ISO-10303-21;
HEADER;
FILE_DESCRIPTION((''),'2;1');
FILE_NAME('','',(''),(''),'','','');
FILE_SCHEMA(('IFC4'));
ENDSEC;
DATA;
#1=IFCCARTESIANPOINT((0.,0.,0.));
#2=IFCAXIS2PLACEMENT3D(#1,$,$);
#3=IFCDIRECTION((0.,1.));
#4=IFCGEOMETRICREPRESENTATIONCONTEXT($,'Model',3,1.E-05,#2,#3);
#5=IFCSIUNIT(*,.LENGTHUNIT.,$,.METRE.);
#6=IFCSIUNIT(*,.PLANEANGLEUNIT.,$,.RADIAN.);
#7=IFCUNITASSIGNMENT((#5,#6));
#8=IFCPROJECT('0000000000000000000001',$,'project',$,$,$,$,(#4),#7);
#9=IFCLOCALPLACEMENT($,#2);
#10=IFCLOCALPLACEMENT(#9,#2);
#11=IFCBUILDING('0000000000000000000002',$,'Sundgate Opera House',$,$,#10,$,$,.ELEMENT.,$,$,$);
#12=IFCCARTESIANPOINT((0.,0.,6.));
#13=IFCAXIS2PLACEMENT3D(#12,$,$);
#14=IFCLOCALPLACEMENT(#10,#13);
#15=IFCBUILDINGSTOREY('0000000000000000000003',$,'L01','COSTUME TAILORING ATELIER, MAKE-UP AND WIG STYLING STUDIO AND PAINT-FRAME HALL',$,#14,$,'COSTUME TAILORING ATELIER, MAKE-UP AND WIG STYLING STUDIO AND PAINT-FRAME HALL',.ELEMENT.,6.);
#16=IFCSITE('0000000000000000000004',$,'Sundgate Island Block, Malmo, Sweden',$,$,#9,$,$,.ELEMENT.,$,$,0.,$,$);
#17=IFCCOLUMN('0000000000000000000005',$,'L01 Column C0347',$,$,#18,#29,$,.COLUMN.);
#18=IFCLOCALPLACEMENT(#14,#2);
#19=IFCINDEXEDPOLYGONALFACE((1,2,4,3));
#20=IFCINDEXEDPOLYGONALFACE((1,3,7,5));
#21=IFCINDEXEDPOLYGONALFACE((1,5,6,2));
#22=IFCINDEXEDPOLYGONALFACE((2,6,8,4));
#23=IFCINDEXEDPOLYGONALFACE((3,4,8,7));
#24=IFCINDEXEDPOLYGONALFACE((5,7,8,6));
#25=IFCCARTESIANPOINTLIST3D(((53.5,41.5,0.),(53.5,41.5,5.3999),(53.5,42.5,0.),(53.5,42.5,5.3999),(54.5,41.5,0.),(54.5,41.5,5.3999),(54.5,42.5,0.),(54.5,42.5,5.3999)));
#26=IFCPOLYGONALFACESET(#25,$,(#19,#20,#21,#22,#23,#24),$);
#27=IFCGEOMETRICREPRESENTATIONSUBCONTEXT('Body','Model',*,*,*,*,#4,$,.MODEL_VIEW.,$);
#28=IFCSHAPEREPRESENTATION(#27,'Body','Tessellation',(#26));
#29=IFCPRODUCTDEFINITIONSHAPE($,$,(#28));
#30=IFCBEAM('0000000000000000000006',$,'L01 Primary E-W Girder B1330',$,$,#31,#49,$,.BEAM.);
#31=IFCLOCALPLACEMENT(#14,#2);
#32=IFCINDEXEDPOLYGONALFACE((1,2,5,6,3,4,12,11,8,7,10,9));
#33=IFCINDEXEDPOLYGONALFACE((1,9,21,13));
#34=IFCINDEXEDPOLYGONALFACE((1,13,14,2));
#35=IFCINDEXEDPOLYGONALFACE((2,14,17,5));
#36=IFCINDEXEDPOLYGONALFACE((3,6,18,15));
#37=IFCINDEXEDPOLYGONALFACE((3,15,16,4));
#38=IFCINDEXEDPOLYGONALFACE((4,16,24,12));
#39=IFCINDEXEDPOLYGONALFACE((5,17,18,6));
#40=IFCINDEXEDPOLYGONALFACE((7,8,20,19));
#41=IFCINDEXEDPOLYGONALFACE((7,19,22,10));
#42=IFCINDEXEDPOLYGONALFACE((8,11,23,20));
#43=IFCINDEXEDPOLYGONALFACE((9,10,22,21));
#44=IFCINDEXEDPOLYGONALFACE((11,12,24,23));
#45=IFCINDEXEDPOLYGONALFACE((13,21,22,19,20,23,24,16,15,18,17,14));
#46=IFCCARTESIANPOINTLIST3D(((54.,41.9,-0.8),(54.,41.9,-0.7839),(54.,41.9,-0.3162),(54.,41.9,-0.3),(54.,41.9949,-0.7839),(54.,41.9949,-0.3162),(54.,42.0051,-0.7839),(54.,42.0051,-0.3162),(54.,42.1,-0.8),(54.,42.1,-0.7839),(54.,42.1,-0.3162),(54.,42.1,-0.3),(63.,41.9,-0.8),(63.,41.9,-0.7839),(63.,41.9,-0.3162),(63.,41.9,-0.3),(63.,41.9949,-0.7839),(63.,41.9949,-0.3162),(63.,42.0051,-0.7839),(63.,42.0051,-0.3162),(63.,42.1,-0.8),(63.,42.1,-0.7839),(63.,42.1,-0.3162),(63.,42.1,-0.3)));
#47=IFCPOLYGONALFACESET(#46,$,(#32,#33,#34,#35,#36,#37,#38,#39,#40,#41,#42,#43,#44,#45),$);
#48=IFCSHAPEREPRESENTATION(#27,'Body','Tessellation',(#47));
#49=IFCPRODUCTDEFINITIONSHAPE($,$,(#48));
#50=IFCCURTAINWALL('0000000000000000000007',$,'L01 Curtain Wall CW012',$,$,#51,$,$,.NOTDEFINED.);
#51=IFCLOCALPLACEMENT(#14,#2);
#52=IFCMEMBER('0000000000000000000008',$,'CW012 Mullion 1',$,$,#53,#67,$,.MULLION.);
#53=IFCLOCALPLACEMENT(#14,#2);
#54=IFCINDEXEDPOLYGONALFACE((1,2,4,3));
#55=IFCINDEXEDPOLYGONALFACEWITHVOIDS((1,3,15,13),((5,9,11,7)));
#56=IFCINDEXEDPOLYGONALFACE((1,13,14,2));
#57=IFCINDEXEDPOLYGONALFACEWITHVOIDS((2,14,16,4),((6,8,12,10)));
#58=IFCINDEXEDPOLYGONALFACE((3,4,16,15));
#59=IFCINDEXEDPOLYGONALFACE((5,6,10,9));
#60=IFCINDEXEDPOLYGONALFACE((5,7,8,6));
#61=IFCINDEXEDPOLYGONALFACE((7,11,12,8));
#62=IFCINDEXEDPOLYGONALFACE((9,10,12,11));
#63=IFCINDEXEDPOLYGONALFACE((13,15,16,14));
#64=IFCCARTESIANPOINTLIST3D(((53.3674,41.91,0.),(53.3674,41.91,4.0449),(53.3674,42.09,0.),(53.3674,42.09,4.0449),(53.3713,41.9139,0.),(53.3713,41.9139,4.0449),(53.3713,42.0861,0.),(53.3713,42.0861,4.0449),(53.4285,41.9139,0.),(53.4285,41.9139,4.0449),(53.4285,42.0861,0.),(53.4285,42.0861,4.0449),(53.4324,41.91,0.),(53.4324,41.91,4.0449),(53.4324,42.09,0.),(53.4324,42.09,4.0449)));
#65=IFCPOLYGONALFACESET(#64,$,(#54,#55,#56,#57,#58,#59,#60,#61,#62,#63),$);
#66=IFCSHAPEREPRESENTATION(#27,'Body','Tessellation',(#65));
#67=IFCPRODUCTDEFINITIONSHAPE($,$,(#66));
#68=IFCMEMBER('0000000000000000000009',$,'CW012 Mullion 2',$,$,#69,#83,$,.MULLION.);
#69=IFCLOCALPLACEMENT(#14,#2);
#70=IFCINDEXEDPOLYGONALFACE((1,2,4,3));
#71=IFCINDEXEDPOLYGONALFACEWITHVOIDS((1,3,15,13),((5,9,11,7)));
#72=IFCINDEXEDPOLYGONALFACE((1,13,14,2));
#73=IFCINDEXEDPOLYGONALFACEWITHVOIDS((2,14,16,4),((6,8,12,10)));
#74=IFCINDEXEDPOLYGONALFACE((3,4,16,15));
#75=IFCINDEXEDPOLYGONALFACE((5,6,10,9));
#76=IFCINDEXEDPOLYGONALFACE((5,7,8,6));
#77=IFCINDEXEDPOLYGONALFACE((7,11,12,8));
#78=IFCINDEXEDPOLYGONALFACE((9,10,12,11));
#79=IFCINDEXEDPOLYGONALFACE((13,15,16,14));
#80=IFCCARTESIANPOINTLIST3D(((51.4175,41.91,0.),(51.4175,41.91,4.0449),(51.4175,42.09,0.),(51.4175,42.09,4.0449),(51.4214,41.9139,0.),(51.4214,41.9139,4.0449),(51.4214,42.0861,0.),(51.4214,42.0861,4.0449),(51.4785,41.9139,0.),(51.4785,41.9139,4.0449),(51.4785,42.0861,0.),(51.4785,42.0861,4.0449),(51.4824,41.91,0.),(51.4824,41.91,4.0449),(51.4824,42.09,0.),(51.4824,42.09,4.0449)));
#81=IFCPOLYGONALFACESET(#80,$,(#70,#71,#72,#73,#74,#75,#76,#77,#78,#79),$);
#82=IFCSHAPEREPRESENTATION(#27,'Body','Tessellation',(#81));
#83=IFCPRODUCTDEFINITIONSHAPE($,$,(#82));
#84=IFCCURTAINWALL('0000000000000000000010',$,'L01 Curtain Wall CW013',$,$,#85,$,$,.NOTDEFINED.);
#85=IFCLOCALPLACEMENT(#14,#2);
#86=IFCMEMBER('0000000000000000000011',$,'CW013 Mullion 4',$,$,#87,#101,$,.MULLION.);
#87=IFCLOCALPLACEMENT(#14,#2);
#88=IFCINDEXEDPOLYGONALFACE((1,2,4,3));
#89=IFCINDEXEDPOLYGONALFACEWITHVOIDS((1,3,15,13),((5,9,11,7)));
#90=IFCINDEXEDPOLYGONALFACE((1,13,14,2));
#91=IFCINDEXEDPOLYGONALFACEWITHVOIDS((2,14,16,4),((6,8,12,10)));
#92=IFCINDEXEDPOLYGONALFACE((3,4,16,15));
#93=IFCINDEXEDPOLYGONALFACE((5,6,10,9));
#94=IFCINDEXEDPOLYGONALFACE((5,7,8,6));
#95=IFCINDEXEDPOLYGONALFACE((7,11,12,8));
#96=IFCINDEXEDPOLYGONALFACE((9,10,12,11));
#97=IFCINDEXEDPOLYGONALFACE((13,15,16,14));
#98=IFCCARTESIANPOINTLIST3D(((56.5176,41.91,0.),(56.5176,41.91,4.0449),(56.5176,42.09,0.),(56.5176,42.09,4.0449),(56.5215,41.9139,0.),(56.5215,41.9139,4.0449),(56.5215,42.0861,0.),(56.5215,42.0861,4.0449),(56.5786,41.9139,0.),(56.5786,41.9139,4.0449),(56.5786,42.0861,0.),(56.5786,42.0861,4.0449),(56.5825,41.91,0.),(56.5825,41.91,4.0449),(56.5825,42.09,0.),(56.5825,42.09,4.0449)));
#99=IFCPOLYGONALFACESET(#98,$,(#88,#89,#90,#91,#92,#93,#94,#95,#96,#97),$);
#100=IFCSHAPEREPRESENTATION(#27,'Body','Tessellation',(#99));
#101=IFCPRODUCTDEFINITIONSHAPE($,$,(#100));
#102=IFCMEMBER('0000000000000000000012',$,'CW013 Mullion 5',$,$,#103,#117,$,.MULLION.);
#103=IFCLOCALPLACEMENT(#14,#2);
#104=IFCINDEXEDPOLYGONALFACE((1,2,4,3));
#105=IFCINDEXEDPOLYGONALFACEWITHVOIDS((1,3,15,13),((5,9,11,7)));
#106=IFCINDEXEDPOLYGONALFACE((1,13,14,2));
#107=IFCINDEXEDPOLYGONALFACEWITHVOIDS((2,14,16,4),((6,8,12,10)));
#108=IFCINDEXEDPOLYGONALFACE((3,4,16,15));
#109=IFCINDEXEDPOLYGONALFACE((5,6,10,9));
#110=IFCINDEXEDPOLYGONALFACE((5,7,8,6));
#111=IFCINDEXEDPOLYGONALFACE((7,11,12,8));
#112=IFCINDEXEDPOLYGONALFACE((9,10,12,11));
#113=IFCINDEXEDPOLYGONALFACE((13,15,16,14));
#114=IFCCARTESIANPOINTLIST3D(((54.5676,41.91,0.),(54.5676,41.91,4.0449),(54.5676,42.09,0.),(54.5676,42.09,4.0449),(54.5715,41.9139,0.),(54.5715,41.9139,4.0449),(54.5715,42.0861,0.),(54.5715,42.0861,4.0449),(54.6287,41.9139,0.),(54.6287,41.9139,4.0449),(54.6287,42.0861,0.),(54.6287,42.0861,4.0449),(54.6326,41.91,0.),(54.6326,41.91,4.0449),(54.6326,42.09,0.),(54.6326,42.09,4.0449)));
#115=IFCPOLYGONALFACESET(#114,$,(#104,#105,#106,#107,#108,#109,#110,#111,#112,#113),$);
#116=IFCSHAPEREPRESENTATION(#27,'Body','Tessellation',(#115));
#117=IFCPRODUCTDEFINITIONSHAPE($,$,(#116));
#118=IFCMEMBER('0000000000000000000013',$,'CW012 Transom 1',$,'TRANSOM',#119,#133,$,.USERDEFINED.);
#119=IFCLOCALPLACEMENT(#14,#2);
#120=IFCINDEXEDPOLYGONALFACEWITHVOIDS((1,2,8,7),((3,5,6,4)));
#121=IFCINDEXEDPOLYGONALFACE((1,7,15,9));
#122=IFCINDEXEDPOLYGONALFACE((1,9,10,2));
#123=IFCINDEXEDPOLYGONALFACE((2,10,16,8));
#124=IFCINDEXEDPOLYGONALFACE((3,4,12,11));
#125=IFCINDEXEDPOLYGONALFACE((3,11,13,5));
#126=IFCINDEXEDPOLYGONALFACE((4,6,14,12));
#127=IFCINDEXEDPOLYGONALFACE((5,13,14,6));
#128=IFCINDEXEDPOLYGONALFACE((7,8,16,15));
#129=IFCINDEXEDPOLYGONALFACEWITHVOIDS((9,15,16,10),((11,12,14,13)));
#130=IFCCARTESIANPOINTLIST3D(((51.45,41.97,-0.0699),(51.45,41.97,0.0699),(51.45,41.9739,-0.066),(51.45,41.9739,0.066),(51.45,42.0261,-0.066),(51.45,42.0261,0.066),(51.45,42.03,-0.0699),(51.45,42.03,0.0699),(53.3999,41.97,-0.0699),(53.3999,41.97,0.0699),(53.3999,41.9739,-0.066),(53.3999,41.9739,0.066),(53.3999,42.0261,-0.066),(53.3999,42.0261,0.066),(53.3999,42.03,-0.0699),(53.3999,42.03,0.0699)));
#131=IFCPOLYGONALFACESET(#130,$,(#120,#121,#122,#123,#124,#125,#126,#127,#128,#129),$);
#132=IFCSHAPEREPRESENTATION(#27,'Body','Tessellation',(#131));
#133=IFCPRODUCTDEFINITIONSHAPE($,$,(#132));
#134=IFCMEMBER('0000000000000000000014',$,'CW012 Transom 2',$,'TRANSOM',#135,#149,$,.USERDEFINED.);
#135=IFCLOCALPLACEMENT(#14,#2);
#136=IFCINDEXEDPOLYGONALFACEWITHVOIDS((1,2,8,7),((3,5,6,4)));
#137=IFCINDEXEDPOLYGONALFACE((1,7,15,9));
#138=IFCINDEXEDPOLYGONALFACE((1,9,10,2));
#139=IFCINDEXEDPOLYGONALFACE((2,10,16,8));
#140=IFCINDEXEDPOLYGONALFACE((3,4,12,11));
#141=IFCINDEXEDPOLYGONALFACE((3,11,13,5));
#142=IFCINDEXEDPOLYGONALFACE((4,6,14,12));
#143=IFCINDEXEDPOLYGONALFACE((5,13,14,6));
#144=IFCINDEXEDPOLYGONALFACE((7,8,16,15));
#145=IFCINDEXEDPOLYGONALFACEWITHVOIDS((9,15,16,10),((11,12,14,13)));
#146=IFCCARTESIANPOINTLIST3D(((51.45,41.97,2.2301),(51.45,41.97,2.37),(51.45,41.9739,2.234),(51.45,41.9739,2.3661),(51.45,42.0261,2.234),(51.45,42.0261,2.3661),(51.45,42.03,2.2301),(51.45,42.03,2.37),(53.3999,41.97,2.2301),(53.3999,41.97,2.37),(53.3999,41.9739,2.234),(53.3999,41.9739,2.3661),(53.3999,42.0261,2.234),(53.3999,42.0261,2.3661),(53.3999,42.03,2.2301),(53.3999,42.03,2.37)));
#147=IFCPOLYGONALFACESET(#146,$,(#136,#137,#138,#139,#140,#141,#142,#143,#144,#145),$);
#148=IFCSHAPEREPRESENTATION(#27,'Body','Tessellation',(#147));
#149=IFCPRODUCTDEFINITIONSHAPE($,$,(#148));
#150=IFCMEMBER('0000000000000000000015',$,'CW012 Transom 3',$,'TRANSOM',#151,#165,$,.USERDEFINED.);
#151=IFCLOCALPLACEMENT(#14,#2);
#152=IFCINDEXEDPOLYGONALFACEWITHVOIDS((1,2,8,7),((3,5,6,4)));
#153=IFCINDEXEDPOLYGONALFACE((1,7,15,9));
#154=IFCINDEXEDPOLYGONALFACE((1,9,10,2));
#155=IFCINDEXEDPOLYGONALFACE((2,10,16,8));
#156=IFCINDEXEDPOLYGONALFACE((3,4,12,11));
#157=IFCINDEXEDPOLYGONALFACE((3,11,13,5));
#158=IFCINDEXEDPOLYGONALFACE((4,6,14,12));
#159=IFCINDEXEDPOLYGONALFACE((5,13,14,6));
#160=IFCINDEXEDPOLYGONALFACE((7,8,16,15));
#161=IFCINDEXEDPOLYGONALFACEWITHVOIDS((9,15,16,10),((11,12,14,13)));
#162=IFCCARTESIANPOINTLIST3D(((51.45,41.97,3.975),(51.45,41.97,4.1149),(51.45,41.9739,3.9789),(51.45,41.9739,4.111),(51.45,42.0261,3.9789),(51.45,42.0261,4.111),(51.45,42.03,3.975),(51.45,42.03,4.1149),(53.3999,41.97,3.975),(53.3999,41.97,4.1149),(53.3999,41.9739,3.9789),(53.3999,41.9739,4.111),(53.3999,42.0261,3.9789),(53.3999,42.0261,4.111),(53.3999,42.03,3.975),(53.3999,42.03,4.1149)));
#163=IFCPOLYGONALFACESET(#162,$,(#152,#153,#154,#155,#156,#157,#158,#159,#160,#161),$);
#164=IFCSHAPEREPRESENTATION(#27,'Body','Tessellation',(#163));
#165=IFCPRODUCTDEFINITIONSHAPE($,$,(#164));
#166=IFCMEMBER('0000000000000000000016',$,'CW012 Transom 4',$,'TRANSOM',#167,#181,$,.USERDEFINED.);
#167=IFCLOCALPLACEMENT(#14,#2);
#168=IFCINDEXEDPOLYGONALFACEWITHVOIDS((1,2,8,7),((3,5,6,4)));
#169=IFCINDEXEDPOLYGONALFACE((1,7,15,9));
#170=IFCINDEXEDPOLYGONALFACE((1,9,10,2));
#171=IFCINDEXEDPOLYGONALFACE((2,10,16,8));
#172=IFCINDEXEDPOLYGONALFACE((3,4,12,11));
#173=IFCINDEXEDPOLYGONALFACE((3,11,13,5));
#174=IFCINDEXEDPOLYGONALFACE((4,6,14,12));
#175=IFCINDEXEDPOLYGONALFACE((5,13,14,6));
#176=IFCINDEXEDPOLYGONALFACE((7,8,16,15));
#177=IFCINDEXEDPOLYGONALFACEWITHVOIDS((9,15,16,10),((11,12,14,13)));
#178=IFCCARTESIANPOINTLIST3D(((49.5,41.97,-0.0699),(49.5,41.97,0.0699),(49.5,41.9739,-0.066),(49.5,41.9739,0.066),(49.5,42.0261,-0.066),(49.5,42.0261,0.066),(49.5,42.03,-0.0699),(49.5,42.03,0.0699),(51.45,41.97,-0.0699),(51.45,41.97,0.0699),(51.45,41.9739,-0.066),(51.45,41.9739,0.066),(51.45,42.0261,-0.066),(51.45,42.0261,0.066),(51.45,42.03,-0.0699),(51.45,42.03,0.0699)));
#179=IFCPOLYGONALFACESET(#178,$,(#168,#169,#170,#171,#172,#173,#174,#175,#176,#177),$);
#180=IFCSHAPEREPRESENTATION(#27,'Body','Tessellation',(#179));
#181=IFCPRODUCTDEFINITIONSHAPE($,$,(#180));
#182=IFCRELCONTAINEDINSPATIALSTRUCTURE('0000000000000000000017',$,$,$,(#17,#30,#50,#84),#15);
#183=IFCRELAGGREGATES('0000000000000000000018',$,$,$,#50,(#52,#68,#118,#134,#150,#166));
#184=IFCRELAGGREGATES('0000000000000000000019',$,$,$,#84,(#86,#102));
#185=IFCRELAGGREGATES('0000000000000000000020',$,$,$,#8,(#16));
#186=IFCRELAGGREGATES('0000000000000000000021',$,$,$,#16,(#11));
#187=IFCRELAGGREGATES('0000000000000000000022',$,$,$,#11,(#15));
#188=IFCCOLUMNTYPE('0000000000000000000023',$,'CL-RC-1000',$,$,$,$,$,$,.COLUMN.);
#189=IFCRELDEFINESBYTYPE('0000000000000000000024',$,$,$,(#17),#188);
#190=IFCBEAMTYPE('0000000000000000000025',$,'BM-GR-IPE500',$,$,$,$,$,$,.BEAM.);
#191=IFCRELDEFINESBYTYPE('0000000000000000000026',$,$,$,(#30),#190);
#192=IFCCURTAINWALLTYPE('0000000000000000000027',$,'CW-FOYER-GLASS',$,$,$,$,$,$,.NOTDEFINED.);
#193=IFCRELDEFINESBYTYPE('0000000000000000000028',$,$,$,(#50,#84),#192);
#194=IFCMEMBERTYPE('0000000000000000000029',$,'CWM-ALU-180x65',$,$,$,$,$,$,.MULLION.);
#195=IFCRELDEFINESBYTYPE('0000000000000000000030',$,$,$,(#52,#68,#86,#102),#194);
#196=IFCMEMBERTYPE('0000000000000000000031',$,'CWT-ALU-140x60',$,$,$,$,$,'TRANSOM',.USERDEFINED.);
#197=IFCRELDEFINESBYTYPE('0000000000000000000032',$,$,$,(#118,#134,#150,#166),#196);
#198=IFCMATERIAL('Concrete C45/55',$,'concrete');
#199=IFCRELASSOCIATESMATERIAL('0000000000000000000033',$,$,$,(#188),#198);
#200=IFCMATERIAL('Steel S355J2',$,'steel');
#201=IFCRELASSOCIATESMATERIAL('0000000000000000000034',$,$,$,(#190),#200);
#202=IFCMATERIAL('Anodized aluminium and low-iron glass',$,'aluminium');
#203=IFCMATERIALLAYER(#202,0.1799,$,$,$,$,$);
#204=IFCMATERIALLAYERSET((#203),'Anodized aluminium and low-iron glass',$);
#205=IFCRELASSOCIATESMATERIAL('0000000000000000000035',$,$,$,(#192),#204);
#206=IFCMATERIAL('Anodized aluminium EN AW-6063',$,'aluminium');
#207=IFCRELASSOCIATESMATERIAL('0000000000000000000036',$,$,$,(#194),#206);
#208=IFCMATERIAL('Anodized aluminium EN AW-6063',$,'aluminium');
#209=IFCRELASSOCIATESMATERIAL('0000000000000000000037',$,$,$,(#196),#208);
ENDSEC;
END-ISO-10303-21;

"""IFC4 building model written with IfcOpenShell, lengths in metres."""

from ifc_helpers import new_model, si_unit, direction, frame, origin, origin_2d, place, context, subcontext, project, spatial, rectangle, hollow_rectangle, i_section, extrude, material, layer, layer_set, material_profile, profile_set, type_object, element, aggregate, save


model = new_model("IFC4")

# Units and contexts
model_context = context("Model", 3, precision=1e-05, world=origin(), true_north=direction((0.0, 1.0)))
body_context = subcontext(model_context, "Body", "Model", "MODEL_VIEW")
ifc_project = project(units=[si_unit("LENGTHUNIT", "METRE"), si_unit("PLANEANGLEUNIT", "RADIAN")], contexts=[model_context])

# Site, building, storey
site_placement = place(None, origin())
site = spatial("IfcSite", under=ifc_project, at=site_placement, Name="Sundgate Island Block, Malmo, Sweden", CompositionType="ELEMENT", RefElevation=0.0)
building_placement = place(site_placement, origin())
building = spatial("IfcBuilding", under=site, at=building_placement, Name="Sundgate Opera House", CompositionType="ELEMENT")
storey_placement = place(building_placement, frame((0.0, 0.0, 6.0)))
storey = spatial("IfcBuildingStorey", under=building, at=storey_placement, Name="L01", Description="COSTUME TAILORING ATELIER, MAKE-UP AND WIG STYLING STUDIO AND PAINT-FRAME HALL", LongName="COSTUME TAILORING ATELIER, MAKE-UP AND WIG STYLING STUDIO AND PAINT-FRAME HALL", CompositionType="ELEMENT", Elevation=6.0)

# Column
ifc_material_1 = material(Name="Concrete C45/55", Category="concrete")
ifc_material_profile_1 = material_profile(ifc_material_1, rectangle(XDim=1.0, YDim=1.0, at=origin_2d()), Name="RC 1000x1000")
ifc_profile_set_1 = profile_set([ifc_material_profile_1], Name="Concrete C45/55")
column_type = type_object("IfcColumnType", Name="CL-RC-1000", PredefinedType="COLUMN", material=ifc_profile_set_1)
column_placement = place(storey_placement, frame((54.0, 42.0, 0.0), z_axis=(0.0, 0.0, 1.0), x_axis=(1.0, 0.0, 0.0)))
element("IfcColumn", 1, at=column_placement, inside=storey, type_object=column_type, Name="L01 Column C0347", PredefinedType="COLUMN", context=body_context, shape_type="SweptSolid", body=[
    extrude(rectangle(XDim=1.0, YDim=1.0, at=origin_2d()), origin(), (0.0, 0.0, 1.0), 5.3999),
])

# Beam
ifc_material_2 = material(Name="Steel S355J2", Category="steel")
ifc_material_profile_2 = material_profile(ifc_material_2, i_section(OverallWidth=0.2, OverallDepth=0.5, WebThickness=0.0103, FlangeThickness=0.0161, at=origin_2d()), Name="IPE 500")
ifc_profile_set_2 = profile_set([ifc_material_profile_2], Name="Steel S355J2")
beam_type = type_object("IfcBeamType", Name="BM-GR-IPE500", PredefinedType="BEAM", material=ifc_profile_set_2)
beam_placement = place(storey_placement, frame((54.0, 42.0, -0.55), z_axis=(1.0, 0.0, 0.0), x_axis=(0.0, 1.0, 0.0)))
element("IfcBeam", 2, at=beam_placement, inside=storey, type_object=beam_type, Name="L01 Primary E-W Girder B1330", PredefinedType="BEAM", context=body_context, shape_type="SweptSolid", body=[
    extrude(i_section(OverallWidth=0.2, OverallDepth=0.5, WebThickness=0.0103, FlangeThickness=0.0161, at=origin_2d()), origin(), (0.0, 0.0, 1.0), 9.0),
])

# Curtain walls, members
ifc_material_3 = material(Name="Anodized aluminium and low-iron glass", Category="aluminium")
ifc_layer_1 = layer(ifc_material_3, 0.1799)
ifc_layer_set_1 = layer_set([ifc_layer_1], Name="Anodized aluminium and low-iron glass")
curtain_wall_type = type_object("IfcCurtainWallType", Name="CW-FOYER-GLASS", PredefinedType="NOTDEFINED", material=ifc_layer_set_1)
curtain_wall_1_placement = place(storey_placement, origin())
curtain_wall_1 = element("IfcCurtainWall", 3, at=curtain_wall_1_placement, inside=storey, type_object=curtain_wall_type, Name="L01 Curtain Wall CW012", PredefinedType="NOTDEFINED")
ifc_material_4 = material(Name="Anodized aluminium EN AW-6063", Category="aluminium")
ifc_material_profile_3 = material_profile(ifc_material_4, hollow_rectangle(XDim=0.0649, YDim=0.1799, WallThickness=0.0039, at=origin_2d()), Name="CWM 180x65x4")
ifc_profile_set_3 = profile_set([ifc_material_profile_3], Name="Anodized aluminium EN AW-6063")
member_type_1 = type_object("IfcMemberType", Name="CWM-ALU-180x65", PredefinedType="MULLION", material=ifc_profile_set_3)
member_1_placement = place(storey_placement, frame((53.3999, 42.0, 0.0), z_axis=(0.0, 0.0, 1.0), x_axis=(1.0, 0.0, 0.0)))
member_1 = element("IfcMember", 4, at=member_1_placement, type_object=member_type_1, Name="CW012 Mullion 1", PredefinedType="MULLION", context=body_context, shape_type="SweptSolid", body=[
    extrude(hollow_rectangle(XDim=0.0649, YDim=0.1799, WallThickness=0.0039, at=origin_2d()), origin(), (0.0, 0.0, 1.0), 4.0449),
])
member_2_placement = place(storey_placement, frame((51.45, 42.0, 0.0), z_axis=(0.0, 0.0, 1.0), x_axis=(1.0, 0.0, 0.0)))
member_2 = element("IfcMember", 5, at=member_2_placement, type_object=member_type_1, Name="CW012 Mullion 2", PredefinedType="MULLION", context=body_context, shape_type="SweptSolid", body=[
    extrude(hollow_rectangle(XDim=0.0649, YDim=0.1799, WallThickness=0.0039, at=origin_2d()), origin(), (0.0, 0.0, 1.0), 4.0449),
])
curtain_wall_2_placement = place(storey_placement, origin())
curtain_wall_2 = element("IfcCurtainWall", 6, at=curtain_wall_2_placement, inside=storey, type_object=curtain_wall_type, Name="L01 Curtain Wall CW013", PredefinedType="NOTDEFINED")
member_3_placement = place(storey_placement, frame((56.55, 42.0, 0.0), z_axis=(0.0, 0.0, 1.0), x_axis=(1.0, 0.0, 0.0)))
member_3 = element("IfcMember", 7, at=member_3_placement, type_object=member_type_1, Name="CW013 Mullion 4", PredefinedType="MULLION", context=body_context, shape_type="SweptSolid", body=[
    extrude(hollow_rectangle(XDim=0.0649, YDim=0.1799, WallThickness=0.0039, at=origin_2d()), origin(), (0.0, 0.0, 1.0), 4.0449),
])
member_4_placement = place(storey_placement, frame((54.6001, 42.0, 0.0), z_axis=(0.0, 0.0, 1.0), x_axis=(1.0, 0.0, 0.0)))
member_4 = element("IfcMember", 8, at=member_4_placement, type_object=member_type_1, Name="CW013 Mullion 5", PredefinedType="MULLION", context=body_context, shape_type="SweptSolid", body=[
    extrude(hollow_rectangle(XDim=0.0649, YDim=0.1799, WallThickness=0.0039, at=origin_2d()), origin(), (0.0, 0.0, 1.0), 4.0449),
])

# Members
ifc_material_5 = material(Name="Anodized aluminium EN AW-6063", Category="aluminium")
ifc_material_profile_4 = material_profile(ifc_material_5, hollow_rectangle(XDim=0.0601, YDim=0.1399, WallThickness=0.0039, at=origin_2d()), Name="CWT 140x60x4")
ifc_profile_set_4 = profile_set([ifc_material_profile_4], Name="Anodized aluminium EN AW-6063")
member_type_2 = type_object("IfcMemberType", Name="CWT-ALU-140x60", ElementType="TRANSOM", PredefinedType="USERDEFINED", material=ifc_profile_set_4)
member_5_placement = place(storey_placement, frame((53.3999, 42.0, 0.0), z_axis=(-1.0, 0.0, 0.0), x_axis=(0.0, -1.0, 0.0)))
member_5 = element("IfcMember", 9, at=member_5_placement, type_object=member_type_2, Name="CW012 Transom 1", ObjectType="TRANSOM", PredefinedType="USERDEFINED", context=body_context, shape_type="SweptSolid", body=[
    extrude(hollow_rectangle(XDim=0.0601, YDim=0.1399, WallThickness=0.0039, at=origin_2d()), origin(), (0.0, 0.0, 1.0), 1.95),
])
member_6_placement = place(storey_placement, frame((53.3999, 42.0, 2.3), z_axis=(-1.0, 0.0, 0.0), x_axis=(0.0, -1.0, 0.0)))
member_6 = element("IfcMember", 10, at=member_6_placement, type_object=member_type_2, Name="CW012 Transom 2", ObjectType="TRANSOM", PredefinedType="USERDEFINED", context=body_context, shape_type="SweptSolid", body=[
    extrude(hollow_rectangle(XDim=0.0601, YDim=0.1399, WallThickness=0.0039, at=origin_2d()), origin(), (0.0, 0.0, 1.0), 1.95),
])
member_7_placement = place(storey_placement, frame((53.3999, 42.0, 4.0449), z_axis=(-1.0, 0.0, 0.0), x_axis=(0.0, -1.0, 0.0)))
member_7 = element("IfcMember", 11, at=member_7_placement, type_object=member_type_2, Name="CW012 Transom 3", ObjectType="TRANSOM", PredefinedType="USERDEFINED", context=body_context, shape_type="SweptSolid", body=[
    extrude(hollow_rectangle(XDim=0.0601, YDim=0.1399, WallThickness=0.0039, at=origin_2d()), origin(), (0.0, 0.0, 1.0), 1.95),
])
member_8_placement = place(storey_placement, frame((51.45, 42.0, 0.0), z_axis=(-1.0, 0.0, 0.0), x_axis=(0.0, -1.0, 0.0)))
member_8 = element("IfcMember", 12, at=member_8_placement, type_object=member_type_2, Name="CW012 Transom 4", ObjectType="TRANSOM", PredefinedType="USERDEFINED", context=body_context, shape_type="SweptSolid", body=[
    extrude(hollow_rectangle(XDim=0.0601, YDim=0.1399, WallThickness=0.0039, at=origin_2d()), origin(), (0.0, 0.0, 1.0), 1.95),
])

aggregate(curtain_wall_1, [member_1, member_2, member_5, member_6, member_7, member_8])
aggregate(curtain_wall_2, [member_3, member_4])

save(model, "model.ifc")
